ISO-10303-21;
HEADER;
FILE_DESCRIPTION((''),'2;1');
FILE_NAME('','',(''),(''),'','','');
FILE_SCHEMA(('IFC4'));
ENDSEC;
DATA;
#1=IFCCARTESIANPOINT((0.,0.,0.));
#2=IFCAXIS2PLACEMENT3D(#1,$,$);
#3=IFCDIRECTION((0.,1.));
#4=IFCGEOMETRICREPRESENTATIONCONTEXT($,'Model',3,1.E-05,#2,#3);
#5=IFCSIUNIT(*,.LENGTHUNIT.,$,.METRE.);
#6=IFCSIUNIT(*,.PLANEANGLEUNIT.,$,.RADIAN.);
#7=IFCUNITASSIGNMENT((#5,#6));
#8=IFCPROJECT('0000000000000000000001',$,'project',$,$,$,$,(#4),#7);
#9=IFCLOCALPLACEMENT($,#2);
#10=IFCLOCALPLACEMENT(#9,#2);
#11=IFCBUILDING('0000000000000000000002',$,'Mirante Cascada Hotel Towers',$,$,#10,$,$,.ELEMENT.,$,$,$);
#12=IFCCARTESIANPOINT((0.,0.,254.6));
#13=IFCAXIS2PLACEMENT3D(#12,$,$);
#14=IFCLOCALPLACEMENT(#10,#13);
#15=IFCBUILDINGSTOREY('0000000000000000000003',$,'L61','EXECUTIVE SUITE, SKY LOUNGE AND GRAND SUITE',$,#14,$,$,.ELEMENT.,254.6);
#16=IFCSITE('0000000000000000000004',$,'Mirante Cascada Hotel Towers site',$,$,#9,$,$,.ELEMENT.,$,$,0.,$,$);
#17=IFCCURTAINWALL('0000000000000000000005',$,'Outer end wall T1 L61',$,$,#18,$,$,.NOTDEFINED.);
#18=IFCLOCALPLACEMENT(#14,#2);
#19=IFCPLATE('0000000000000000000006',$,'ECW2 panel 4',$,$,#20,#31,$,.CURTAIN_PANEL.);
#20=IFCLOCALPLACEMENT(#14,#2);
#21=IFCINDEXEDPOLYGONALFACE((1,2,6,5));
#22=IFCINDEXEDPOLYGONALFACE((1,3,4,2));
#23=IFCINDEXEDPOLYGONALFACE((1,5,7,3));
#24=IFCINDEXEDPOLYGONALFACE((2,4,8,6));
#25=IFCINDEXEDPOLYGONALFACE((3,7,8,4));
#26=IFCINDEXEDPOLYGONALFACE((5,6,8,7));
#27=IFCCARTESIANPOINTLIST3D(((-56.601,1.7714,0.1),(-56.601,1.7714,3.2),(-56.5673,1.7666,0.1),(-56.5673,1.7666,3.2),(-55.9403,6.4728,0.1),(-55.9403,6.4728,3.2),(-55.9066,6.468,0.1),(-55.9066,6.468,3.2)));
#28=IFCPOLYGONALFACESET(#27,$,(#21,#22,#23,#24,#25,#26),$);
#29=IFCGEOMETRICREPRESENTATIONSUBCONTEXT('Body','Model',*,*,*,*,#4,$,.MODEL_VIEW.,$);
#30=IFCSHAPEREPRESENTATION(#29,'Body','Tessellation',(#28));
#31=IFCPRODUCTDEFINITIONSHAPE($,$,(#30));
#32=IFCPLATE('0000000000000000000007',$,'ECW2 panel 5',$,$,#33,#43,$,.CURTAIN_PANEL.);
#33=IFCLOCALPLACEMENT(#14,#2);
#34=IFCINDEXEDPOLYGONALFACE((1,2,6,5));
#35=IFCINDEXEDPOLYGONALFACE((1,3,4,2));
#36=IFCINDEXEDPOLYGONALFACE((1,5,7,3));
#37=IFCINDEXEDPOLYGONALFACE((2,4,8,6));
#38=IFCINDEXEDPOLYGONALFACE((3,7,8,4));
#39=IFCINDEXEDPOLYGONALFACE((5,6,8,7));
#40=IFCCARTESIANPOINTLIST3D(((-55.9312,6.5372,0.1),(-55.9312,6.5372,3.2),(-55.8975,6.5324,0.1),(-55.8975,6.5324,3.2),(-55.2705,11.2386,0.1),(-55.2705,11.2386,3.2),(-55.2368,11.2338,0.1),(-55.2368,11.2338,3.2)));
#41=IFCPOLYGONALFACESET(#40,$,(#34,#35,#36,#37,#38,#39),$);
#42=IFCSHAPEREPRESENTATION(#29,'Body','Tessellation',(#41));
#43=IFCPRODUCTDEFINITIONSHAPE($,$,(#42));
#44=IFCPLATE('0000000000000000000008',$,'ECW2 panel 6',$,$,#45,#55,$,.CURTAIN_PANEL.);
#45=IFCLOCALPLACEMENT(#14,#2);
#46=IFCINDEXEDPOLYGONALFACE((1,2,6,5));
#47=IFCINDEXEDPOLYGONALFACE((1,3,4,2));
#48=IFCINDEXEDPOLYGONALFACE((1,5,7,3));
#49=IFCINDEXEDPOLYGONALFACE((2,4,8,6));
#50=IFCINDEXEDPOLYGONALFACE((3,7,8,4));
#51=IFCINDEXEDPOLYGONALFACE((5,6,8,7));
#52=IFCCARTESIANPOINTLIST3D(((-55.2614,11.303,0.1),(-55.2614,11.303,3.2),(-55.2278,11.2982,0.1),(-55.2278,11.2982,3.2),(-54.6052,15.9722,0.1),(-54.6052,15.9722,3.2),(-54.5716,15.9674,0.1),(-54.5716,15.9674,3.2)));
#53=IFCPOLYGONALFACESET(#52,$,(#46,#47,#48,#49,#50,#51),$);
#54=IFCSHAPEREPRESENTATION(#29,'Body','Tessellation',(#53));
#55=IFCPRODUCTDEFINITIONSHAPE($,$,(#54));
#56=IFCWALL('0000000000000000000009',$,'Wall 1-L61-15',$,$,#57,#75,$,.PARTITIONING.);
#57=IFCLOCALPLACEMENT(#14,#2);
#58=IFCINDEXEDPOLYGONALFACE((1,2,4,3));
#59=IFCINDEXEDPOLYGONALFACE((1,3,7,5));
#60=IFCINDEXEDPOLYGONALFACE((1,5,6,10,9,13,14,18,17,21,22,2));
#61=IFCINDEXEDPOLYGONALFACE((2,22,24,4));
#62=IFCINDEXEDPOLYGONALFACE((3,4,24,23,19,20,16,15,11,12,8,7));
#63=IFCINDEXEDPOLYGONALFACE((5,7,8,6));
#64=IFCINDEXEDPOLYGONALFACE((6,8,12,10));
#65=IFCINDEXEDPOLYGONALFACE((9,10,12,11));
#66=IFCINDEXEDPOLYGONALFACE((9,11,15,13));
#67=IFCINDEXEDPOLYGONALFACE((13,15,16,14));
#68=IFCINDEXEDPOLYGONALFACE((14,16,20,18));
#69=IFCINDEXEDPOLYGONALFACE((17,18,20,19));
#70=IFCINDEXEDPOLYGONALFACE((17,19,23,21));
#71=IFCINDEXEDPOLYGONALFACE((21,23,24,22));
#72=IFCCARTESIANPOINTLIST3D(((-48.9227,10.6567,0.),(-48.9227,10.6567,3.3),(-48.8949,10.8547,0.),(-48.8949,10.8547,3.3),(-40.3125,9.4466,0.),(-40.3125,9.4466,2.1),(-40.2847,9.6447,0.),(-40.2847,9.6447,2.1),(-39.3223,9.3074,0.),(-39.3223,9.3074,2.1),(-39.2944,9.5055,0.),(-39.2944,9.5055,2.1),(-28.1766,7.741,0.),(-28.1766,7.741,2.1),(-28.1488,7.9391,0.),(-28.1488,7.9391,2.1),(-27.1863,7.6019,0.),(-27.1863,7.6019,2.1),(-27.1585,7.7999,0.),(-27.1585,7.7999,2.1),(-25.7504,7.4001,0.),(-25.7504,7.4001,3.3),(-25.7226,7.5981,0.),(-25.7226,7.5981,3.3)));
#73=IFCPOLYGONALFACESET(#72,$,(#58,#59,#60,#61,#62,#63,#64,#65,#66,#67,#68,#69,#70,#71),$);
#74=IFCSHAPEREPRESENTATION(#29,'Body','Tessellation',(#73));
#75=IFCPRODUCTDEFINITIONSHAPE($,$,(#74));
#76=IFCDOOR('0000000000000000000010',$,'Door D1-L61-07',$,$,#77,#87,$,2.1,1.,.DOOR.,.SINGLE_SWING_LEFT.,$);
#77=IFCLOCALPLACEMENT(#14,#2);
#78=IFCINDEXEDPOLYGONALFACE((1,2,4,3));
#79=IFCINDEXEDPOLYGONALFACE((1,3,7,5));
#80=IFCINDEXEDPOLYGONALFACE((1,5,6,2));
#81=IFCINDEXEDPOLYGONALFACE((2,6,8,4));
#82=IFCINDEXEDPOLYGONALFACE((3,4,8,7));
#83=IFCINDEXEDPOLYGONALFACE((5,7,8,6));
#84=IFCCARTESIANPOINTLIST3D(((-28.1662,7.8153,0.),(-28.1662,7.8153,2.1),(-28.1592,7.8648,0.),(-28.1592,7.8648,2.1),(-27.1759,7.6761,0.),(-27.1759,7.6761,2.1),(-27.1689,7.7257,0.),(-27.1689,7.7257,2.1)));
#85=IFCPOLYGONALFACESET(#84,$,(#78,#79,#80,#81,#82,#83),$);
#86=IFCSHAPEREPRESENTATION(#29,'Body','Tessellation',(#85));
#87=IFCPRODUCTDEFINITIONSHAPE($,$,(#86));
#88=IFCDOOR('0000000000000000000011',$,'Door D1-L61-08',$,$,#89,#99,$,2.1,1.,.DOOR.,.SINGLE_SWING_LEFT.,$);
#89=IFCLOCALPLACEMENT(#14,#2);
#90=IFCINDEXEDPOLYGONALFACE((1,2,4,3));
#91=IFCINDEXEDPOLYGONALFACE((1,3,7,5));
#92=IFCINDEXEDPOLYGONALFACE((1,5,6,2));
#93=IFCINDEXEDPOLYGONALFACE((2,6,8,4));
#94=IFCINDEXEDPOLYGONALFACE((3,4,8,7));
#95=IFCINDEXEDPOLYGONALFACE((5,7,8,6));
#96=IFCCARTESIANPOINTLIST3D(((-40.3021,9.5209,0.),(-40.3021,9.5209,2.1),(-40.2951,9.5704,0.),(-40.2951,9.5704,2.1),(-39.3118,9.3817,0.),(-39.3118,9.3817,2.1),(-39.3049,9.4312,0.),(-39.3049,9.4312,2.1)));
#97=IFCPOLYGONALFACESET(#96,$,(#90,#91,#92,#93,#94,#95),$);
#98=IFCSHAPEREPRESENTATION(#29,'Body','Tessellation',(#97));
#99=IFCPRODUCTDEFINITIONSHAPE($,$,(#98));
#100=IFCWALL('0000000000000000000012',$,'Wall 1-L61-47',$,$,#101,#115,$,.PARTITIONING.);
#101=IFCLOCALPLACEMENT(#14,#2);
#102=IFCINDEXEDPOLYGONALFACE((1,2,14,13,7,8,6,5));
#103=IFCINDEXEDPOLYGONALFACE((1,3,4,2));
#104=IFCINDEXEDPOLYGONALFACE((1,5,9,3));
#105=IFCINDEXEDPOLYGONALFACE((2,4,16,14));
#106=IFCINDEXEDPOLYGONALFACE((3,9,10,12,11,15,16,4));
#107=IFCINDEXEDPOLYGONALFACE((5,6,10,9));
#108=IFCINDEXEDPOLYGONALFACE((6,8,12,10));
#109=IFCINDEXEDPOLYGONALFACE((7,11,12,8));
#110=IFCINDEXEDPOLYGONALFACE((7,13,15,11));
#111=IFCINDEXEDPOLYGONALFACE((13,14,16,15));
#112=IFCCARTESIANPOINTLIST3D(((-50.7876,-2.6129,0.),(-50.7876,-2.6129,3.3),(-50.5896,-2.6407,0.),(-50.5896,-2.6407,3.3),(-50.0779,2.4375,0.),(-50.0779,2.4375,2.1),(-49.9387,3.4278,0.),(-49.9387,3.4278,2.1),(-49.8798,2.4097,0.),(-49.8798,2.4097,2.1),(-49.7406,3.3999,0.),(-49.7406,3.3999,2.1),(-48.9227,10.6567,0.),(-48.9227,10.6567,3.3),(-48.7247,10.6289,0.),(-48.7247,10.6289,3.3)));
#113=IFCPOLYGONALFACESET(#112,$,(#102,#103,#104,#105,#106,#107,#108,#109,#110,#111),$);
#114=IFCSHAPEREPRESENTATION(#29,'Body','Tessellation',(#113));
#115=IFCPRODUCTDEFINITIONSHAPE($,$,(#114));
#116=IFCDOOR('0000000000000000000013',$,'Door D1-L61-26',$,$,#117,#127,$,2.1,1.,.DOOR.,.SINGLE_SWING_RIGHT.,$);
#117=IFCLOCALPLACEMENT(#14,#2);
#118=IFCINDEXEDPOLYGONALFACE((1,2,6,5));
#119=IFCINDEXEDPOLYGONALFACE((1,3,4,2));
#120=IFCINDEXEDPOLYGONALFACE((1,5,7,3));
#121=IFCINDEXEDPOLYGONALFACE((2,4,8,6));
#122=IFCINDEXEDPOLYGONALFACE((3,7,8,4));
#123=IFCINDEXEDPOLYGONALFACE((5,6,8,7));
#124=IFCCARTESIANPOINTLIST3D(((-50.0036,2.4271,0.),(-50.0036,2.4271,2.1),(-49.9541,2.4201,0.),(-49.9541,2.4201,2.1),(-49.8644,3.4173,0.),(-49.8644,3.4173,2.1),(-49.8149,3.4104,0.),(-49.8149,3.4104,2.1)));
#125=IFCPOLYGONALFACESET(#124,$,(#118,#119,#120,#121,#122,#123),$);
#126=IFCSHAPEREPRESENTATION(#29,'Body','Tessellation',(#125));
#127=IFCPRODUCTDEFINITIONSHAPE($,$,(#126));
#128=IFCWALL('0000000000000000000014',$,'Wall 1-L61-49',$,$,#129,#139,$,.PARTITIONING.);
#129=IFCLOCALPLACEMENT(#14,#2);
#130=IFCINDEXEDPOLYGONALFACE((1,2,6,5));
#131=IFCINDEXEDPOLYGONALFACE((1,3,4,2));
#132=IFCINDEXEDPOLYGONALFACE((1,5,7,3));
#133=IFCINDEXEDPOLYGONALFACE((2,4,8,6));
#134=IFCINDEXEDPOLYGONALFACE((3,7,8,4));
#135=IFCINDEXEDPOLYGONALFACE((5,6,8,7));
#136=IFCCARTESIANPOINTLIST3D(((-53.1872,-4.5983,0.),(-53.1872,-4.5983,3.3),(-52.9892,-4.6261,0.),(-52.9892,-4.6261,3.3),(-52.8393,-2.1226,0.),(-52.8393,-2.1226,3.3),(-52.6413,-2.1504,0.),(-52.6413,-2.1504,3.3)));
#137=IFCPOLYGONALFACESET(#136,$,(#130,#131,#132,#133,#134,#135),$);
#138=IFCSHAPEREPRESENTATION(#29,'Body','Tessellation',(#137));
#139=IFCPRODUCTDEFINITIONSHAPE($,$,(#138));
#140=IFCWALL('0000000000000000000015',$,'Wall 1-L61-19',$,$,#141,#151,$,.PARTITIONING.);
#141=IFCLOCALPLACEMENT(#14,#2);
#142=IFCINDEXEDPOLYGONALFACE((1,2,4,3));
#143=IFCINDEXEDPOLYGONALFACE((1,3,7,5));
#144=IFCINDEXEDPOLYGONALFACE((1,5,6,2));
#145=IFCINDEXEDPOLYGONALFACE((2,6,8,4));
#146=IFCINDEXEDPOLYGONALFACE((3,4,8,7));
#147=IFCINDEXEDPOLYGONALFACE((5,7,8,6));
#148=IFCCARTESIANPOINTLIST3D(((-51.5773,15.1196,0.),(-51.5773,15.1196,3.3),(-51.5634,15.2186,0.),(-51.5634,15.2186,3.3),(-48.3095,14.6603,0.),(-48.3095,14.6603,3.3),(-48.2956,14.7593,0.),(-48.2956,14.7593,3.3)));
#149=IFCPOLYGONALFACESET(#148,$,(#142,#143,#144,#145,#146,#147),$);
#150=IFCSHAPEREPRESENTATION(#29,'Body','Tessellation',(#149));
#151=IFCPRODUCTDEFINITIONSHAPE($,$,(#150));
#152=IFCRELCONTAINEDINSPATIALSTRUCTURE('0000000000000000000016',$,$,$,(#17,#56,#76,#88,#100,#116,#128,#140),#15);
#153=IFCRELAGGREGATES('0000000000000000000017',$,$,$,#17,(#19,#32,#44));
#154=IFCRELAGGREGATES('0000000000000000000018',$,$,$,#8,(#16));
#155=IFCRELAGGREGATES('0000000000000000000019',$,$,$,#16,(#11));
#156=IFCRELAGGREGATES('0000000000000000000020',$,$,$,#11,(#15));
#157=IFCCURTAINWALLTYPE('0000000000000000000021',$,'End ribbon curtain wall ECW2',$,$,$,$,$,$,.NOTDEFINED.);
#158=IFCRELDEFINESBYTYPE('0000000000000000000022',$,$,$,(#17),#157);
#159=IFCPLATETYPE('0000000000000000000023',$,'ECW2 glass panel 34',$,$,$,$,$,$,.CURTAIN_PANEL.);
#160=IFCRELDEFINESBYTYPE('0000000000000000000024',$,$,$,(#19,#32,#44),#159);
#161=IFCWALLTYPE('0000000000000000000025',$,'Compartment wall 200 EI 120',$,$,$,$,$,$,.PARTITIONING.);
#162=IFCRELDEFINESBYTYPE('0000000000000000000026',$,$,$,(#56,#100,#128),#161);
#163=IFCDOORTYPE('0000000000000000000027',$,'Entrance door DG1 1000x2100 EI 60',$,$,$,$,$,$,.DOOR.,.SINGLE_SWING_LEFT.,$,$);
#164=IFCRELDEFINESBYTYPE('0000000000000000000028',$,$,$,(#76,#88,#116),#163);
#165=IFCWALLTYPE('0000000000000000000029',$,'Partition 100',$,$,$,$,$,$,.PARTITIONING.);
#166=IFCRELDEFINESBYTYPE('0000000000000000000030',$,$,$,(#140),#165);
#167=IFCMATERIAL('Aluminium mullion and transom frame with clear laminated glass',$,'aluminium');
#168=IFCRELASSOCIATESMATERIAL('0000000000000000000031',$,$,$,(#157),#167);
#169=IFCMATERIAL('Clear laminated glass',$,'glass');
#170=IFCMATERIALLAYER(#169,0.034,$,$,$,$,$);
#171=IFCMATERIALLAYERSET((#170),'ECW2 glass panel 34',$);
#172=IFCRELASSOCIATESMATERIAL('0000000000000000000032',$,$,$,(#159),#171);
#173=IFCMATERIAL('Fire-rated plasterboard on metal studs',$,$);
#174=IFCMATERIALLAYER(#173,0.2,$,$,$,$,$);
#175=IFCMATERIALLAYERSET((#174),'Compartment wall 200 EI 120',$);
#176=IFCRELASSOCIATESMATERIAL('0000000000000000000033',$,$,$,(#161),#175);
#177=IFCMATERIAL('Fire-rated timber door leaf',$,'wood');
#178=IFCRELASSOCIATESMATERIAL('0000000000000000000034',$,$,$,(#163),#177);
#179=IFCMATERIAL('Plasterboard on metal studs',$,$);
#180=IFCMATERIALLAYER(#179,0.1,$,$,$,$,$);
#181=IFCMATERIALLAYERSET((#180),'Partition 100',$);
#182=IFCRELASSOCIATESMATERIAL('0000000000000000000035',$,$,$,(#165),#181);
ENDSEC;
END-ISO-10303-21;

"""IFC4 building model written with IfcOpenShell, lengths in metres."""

from ifc_helpers import new_model, si_unit, direction, frame, frame_2d, origin, origin_2d, place, context, subcontext, project, spatial, rectangle, extrude, material, layer, layer_set, type_object, element, fill, aggregate, save


model = new_model("IFC4")

# Units and contexts
model_context = context("Model", 3, precision=1e-05, world=origin(), true_north=direction((0.0, 1.0)))
body_context = subcontext(model_context, "Body", "Model", "MODEL_VIEW")
ifc_project = project(units=[si_unit("LENGTHUNIT", "METRE"), si_unit("PLANEANGLEUNIT", "RADIAN")], contexts=[model_context])

# Site, building, storey
site_placement = place(None, origin())
site = spatial("IfcSite", under=ifc_project, at=site_placement, Name="Mirante Cascada Hotel Towers site", CompositionType="ELEMENT", RefElevation=0.0)
building_placement = place(site_placement, origin())
building = spatial("IfcBuilding", under=site, at=building_placement, Name="Mirante Cascada Hotel Towers", CompositionType="ELEMENT")
storey_placement = place(building_placement, frame((0.0, 0.0, 254.6)))
storey = spatial("IfcBuildingStorey", under=building, at=storey_placement, Name="L61", Description="EXECUTIVE SUITE, SKY LOUNGE AND GRAND SUITE", CompositionType="ELEMENT", Elevation=254.6)

# Curtain wall
ifc_material_1 = material(Name="Aluminium mullion and transom frame with clear laminated glass", Category="aluminium")
curtain_wall_type_1 = type_object("IfcCurtainWallType", Name="End ribbon curtain wall ECW2", PredefinedType="NOTDEFINED", material=ifc_material_1)
curtain_wall_1_placement = place(storey_placement, origin())
curtain_wall_1 = element("IfcCurtainWall", 1, at=curtain_wall_1_placement, inside=storey, type_object=curtain_wall_type_1, Name="Outer end wall T1 L61", PredefinedType="NOTDEFINED")

# Plates
ifc_material_2 = material(Name="Clear laminated glass", Category="glass")
ifc_layer_1 = layer(ifc_material_2, 0.034)
ifc_layer_set_1 = layer_set([ifc_layer_1], Name="ECW2 glass panel 34")
plate_type_1 = type_object("IfcPlateType", Name="ECW2 glass panel 34", PredefinedType="CURTAIN_PANEL", material=ifc_layer_set_1)
plate_1_placement = place(storey_placement, frame((-56.2538, 4.1197, 0.1), z_axis=(0.0, 0.0, 1.0), x_axis=(0.139173, 0.990268, 0.0)))
plate_1 = element("IfcPlate", 2, at=plate_1_placement, type_object=plate_type_1, Name="ECW2 panel 4", PredefinedType="CURTAIN_PANEL", context=body_context, shape_type="SweptSolid", body=[
    extrude(rectangle(XDim=4.7476, YDim=0.034, at=origin_2d()), origin(), (0.0, 0.0, 1.0), 3.1),
])
plate_2_placement = place(storey_placement, frame((-55.584, 8.8855, 0.1), z_axis=(0.0, 0.0, 1.0), x_axis=(0.139173, 0.990268, 0.0)))
plate_2 = element("IfcPlate", 3, at=plate_2_placement, type_object=plate_type_1, Name="ECW2 panel 5", PredefinedType="CURTAIN_PANEL", context=body_context, shape_type="SweptSolid", body=[
    extrude(rectangle(XDim=4.7476, YDim=0.034, at=origin_2d()), origin(), (0.0, 0.0, 1.0), 3.1),
])
plate_3_placement = place(storey_placement, frame((-54.9165, 13.6352, 0.1), z_axis=(0.0, 0.0, 1.0), x_axis=(0.139173, 0.990268, 0.0)))
plate_3 = element("IfcPlate", 4, at=plate_3_placement, type_object=plate_type_1, Name="ECW2 panel 6", PredefinedType="CURTAIN_PANEL", context=body_context, shape_type="SweptSolid", body=[
    extrude(rectangle(XDim=4.7151, YDim=0.034, at=origin_2d()), origin(), (0.0, 0.0, 1.0), 3.1),
])
aggregate(curtain_wall_1, [plate_1, plate_2, plate_3])

# Wall, openings, doors
ifc_material_3 = material(Name="Fire-rated plasterboard on metal studs")
ifc_layer_2 = layer(ifc_material_3, 0.2)
ifc_layer_set_2 = layer_set([ifc_layer_2], Name="Compartment wall 200 EI 120")
wall_type_1 = type_object("IfcWallType", Name="Compartment wall 200 EI 120", PredefinedType="PARTITIONING", material=ifc_layer_set_2)
wall_1_placement = place(storey_placement, frame((-48.9088, 10.7557, 0.0), z_axis=(0.0, 0.0, 1.0), x_axis=(0.990268, -0.139171, 0.0)))
wall_1 = element("IfcWall", 5, at=wall_1_placement, inside=storey, type_object=wall_type_1, Name="Wall 1-L61-15", PredefinedType="PARTITIONING", context=body_context, shape_type="SweptSolid", body=[
    extrude(rectangle(XDim=23.4, YDim=0.2, at=frame_2d((11.7, 0.0))), origin(), (0.0, 0.0, 1.0), 3.3),
])
opening_1_placement = place(wall_1_placement, frame((20.95, 0.0, 0.0)))
opening_1 = element("IfcOpeningElement", 6, at=opening_1_placement, cuts=wall_1, PredefinedType="OPENING", context=body_context, shape_type="SweptSolid", body=[
    extrude(rectangle(XDim=1.0, YDim=2.1, at=frame_2d((0.5, 1.05))), frame((0.0, 0.1, 0.0), z_axis=(0.0, -1.0, 0.0), x_axis=(1.0, 0.0, 0.0)), (0.0, 0.0, 1.0), 0.2),
])
opening_2_placement = place(wall_1_placement, frame((8.6948, 0.0, 0.0)))
opening_2 = element("IfcOpeningElement", 7, at=opening_2_placement, cuts=wall_1, PredefinedType="OPENING", context=body_context, shape_type="SweptSolid", body=[
    extrude(rectangle(XDim=1.0, YDim=2.1, at=frame_2d((0.5, 1.05))), frame((0.0, 0.1, 0.0), z_axis=(0.0, -1.0, 0.0), x_axis=(1.0, 0.0, 0.0)), (0.0, 0.0, 1.0), 0.2),
])
ifc_material_4 = material(Name="Fire-rated timber door leaf", Category="wood")
door_type_1 = type_object("IfcDoorType", Name="Entrance door DG1 1000x2100 EI 60", OperationType="SINGLE_SWING_LEFT", PredefinedType="DOOR", material=ifc_material_4)
door_1_placement = place(opening_1_placement, origin())
door_1 = element("IfcDoor", 8, at=door_1_placement, inside=storey, type_object=door_type_1, Name="Door D1-L61-07", OperationType="SINGLE_SWING_LEFT", OverallHeight=2.1, OverallWidth=1.0, PredefinedType="DOOR", context=body_context, shape_type="SweptSolid", body=[
    extrude(rectangle(XDim=1.0, YDim=2.1, at=frame_2d((0.5, 1.05))), frame((0.0, 0.025, 0.0), z_axis=(0.0, -1.0, 0.0), x_axis=(1.0, 0.0, 0.0)), (0.0, 0.0, 1.0), 0.05),
])
fill(opening_1, door_1)
door_2_placement = place(opening_2_placement, origin())
door_2 = element("IfcDoor", 9, at=door_2_placement, inside=storey, type_object=door_type_1, Name="Door D1-L61-08", OperationType="SINGLE_SWING_LEFT", OverallHeight=2.1, OverallWidth=1.0, PredefinedType="DOOR", context=body_context, shape_type="SweptSolid", body=[
    extrude(rectangle(XDim=1.0, YDim=2.1, at=frame_2d((0.5, 1.05))), frame((0.0, 0.025, 0.0), z_axis=(0.0, -1.0, 0.0), x_axis=(1.0, 0.0, 0.0)), (0.0, 0.0, 1.0), 0.05),
])
fill(opening_2, door_2)

# Wall, opening, door
wall_2_placement = place(storey_placement, frame((-48.8237, 10.6428, 0.0), z_axis=(0.0, 0.0, 1.0), x_axis=(-0.139172, -0.990268, 0.0)))
wall_2 = element("IfcWall", 10, at=wall_2_placement, inside=storey, type_object=wall_type_1, Name="Wall 1-L61-47", PredefinedType="PARTITIONING", context=body_context, shape_type="SweptSolid", body=[
    extrude(rectangle(XDim=13.4, YDim=0.2, at=frame_2d((6.7, 0.0))), origin(), (0.0, 0.0, 1.0), 3.3),
])
opening_3_placement = place(wall_2_placement, frame((7.3, 0.0, 0.0)))
opening_3 = element("IfcOpeningElement", 11, at=opening_3_placement, cuts=wall_2, PredefinedType="OPENING", context=body_context, shape_type="SweptSolid", body=[
    extrude(rectangle(XDim=1.0, YDim=2.1, at=frame_2d((0.5, 1.05))), frame((0.0, 0.1, 0.0), z_axis=(0.0, -1.0, 0.0), x_axis=(1.0, 0.0, 0.0)), (0.0, 0.0, 1.0), 0.2),
])
door_3_placement = place(opening_3_placement, frame((1.0, 0.0, 0.0), z_axis=(0.0, 0.0, 1.0), x_axis=(-1.0, 0.0, 0.0)))
door_3 = element("IfcDoor", 12, at=door_3_placement, inside=storey, type_object=door_type_1, Name="Door D1-L61-26", OperationType="SINGLE_SWING_RIGHT", OverallHeight=2.1, OverallWidth=1.0, PredefinedType="DOOR", context=body_context, shape_type="SweptSolid", body=[
    extrude(rectangle(XDim=1.0, YDim=2.1, at=frame_2d((0.5, 1.05))), frame((0.0, 0.025, 0.0), z_axis=(0.0, -1.0, 0.0), x_axis=(1.0, 0.0, 0.0)), (0.0, 0.0, 1.0), 0.05),
])
fill(opening_3, door_3)

# Walls
wall_3_placement = place(storey_placement, frame((-52.7403, -2.1365, 0.0), z_axis=(0.0, 0.0, 1.0), x_axis=(-0.139159, -0.99027, 0.0)))
element("IfcWall", 13, at=wall_3_placement, inside=storey, type_object=wall_type_1, Name="Wall 1-L61-49", PredefinedType="PARTITIONING", context=body_context, shape_type="SweptSolid", body=[
    extrude(rectangle(XDim=2.5, YDim=0.2, at=frame_2d((1.25, 0.0))), origin(), (0.0, 0.0, 1.0), 3.3),
])
ifc_material_5 = material(Name="Plasterboard on metal studs")
ifc_layer_3 = layer(ifc_material_5, 0.1)
ifc_layer_set_3 = layer_set([ifc_layer_3], Name="Partition 100")
wall_type_2 = type_object("IfcWallType", Name="Partition 100", PredefinedType="PARTITIONING", material=ifc_layer_set_3)
wall_4_placement = place(storey_placement, frame((-51.5704, 15.1691, 0.0), z_axis=(0.0, 0.0, 1.0), x_axis=(0.990266, -0.139185, 0.0)))
element("IfcWall", 14, at=wall_4_placement, inside=storey, type_object=wall_type_2, Name="Wall 1-L61-19", PredefinedType="PARTITIONING", context=body_context, shape_type="SweptSolid", body=[
    extrude(rectangle(XDim=3.2999, YDim=0.1, at=frame_2d((1.65, 0.0))), origin(), (0.0, 0.0, 1.0), 3.3),
])

save(model, "model.ifc")
